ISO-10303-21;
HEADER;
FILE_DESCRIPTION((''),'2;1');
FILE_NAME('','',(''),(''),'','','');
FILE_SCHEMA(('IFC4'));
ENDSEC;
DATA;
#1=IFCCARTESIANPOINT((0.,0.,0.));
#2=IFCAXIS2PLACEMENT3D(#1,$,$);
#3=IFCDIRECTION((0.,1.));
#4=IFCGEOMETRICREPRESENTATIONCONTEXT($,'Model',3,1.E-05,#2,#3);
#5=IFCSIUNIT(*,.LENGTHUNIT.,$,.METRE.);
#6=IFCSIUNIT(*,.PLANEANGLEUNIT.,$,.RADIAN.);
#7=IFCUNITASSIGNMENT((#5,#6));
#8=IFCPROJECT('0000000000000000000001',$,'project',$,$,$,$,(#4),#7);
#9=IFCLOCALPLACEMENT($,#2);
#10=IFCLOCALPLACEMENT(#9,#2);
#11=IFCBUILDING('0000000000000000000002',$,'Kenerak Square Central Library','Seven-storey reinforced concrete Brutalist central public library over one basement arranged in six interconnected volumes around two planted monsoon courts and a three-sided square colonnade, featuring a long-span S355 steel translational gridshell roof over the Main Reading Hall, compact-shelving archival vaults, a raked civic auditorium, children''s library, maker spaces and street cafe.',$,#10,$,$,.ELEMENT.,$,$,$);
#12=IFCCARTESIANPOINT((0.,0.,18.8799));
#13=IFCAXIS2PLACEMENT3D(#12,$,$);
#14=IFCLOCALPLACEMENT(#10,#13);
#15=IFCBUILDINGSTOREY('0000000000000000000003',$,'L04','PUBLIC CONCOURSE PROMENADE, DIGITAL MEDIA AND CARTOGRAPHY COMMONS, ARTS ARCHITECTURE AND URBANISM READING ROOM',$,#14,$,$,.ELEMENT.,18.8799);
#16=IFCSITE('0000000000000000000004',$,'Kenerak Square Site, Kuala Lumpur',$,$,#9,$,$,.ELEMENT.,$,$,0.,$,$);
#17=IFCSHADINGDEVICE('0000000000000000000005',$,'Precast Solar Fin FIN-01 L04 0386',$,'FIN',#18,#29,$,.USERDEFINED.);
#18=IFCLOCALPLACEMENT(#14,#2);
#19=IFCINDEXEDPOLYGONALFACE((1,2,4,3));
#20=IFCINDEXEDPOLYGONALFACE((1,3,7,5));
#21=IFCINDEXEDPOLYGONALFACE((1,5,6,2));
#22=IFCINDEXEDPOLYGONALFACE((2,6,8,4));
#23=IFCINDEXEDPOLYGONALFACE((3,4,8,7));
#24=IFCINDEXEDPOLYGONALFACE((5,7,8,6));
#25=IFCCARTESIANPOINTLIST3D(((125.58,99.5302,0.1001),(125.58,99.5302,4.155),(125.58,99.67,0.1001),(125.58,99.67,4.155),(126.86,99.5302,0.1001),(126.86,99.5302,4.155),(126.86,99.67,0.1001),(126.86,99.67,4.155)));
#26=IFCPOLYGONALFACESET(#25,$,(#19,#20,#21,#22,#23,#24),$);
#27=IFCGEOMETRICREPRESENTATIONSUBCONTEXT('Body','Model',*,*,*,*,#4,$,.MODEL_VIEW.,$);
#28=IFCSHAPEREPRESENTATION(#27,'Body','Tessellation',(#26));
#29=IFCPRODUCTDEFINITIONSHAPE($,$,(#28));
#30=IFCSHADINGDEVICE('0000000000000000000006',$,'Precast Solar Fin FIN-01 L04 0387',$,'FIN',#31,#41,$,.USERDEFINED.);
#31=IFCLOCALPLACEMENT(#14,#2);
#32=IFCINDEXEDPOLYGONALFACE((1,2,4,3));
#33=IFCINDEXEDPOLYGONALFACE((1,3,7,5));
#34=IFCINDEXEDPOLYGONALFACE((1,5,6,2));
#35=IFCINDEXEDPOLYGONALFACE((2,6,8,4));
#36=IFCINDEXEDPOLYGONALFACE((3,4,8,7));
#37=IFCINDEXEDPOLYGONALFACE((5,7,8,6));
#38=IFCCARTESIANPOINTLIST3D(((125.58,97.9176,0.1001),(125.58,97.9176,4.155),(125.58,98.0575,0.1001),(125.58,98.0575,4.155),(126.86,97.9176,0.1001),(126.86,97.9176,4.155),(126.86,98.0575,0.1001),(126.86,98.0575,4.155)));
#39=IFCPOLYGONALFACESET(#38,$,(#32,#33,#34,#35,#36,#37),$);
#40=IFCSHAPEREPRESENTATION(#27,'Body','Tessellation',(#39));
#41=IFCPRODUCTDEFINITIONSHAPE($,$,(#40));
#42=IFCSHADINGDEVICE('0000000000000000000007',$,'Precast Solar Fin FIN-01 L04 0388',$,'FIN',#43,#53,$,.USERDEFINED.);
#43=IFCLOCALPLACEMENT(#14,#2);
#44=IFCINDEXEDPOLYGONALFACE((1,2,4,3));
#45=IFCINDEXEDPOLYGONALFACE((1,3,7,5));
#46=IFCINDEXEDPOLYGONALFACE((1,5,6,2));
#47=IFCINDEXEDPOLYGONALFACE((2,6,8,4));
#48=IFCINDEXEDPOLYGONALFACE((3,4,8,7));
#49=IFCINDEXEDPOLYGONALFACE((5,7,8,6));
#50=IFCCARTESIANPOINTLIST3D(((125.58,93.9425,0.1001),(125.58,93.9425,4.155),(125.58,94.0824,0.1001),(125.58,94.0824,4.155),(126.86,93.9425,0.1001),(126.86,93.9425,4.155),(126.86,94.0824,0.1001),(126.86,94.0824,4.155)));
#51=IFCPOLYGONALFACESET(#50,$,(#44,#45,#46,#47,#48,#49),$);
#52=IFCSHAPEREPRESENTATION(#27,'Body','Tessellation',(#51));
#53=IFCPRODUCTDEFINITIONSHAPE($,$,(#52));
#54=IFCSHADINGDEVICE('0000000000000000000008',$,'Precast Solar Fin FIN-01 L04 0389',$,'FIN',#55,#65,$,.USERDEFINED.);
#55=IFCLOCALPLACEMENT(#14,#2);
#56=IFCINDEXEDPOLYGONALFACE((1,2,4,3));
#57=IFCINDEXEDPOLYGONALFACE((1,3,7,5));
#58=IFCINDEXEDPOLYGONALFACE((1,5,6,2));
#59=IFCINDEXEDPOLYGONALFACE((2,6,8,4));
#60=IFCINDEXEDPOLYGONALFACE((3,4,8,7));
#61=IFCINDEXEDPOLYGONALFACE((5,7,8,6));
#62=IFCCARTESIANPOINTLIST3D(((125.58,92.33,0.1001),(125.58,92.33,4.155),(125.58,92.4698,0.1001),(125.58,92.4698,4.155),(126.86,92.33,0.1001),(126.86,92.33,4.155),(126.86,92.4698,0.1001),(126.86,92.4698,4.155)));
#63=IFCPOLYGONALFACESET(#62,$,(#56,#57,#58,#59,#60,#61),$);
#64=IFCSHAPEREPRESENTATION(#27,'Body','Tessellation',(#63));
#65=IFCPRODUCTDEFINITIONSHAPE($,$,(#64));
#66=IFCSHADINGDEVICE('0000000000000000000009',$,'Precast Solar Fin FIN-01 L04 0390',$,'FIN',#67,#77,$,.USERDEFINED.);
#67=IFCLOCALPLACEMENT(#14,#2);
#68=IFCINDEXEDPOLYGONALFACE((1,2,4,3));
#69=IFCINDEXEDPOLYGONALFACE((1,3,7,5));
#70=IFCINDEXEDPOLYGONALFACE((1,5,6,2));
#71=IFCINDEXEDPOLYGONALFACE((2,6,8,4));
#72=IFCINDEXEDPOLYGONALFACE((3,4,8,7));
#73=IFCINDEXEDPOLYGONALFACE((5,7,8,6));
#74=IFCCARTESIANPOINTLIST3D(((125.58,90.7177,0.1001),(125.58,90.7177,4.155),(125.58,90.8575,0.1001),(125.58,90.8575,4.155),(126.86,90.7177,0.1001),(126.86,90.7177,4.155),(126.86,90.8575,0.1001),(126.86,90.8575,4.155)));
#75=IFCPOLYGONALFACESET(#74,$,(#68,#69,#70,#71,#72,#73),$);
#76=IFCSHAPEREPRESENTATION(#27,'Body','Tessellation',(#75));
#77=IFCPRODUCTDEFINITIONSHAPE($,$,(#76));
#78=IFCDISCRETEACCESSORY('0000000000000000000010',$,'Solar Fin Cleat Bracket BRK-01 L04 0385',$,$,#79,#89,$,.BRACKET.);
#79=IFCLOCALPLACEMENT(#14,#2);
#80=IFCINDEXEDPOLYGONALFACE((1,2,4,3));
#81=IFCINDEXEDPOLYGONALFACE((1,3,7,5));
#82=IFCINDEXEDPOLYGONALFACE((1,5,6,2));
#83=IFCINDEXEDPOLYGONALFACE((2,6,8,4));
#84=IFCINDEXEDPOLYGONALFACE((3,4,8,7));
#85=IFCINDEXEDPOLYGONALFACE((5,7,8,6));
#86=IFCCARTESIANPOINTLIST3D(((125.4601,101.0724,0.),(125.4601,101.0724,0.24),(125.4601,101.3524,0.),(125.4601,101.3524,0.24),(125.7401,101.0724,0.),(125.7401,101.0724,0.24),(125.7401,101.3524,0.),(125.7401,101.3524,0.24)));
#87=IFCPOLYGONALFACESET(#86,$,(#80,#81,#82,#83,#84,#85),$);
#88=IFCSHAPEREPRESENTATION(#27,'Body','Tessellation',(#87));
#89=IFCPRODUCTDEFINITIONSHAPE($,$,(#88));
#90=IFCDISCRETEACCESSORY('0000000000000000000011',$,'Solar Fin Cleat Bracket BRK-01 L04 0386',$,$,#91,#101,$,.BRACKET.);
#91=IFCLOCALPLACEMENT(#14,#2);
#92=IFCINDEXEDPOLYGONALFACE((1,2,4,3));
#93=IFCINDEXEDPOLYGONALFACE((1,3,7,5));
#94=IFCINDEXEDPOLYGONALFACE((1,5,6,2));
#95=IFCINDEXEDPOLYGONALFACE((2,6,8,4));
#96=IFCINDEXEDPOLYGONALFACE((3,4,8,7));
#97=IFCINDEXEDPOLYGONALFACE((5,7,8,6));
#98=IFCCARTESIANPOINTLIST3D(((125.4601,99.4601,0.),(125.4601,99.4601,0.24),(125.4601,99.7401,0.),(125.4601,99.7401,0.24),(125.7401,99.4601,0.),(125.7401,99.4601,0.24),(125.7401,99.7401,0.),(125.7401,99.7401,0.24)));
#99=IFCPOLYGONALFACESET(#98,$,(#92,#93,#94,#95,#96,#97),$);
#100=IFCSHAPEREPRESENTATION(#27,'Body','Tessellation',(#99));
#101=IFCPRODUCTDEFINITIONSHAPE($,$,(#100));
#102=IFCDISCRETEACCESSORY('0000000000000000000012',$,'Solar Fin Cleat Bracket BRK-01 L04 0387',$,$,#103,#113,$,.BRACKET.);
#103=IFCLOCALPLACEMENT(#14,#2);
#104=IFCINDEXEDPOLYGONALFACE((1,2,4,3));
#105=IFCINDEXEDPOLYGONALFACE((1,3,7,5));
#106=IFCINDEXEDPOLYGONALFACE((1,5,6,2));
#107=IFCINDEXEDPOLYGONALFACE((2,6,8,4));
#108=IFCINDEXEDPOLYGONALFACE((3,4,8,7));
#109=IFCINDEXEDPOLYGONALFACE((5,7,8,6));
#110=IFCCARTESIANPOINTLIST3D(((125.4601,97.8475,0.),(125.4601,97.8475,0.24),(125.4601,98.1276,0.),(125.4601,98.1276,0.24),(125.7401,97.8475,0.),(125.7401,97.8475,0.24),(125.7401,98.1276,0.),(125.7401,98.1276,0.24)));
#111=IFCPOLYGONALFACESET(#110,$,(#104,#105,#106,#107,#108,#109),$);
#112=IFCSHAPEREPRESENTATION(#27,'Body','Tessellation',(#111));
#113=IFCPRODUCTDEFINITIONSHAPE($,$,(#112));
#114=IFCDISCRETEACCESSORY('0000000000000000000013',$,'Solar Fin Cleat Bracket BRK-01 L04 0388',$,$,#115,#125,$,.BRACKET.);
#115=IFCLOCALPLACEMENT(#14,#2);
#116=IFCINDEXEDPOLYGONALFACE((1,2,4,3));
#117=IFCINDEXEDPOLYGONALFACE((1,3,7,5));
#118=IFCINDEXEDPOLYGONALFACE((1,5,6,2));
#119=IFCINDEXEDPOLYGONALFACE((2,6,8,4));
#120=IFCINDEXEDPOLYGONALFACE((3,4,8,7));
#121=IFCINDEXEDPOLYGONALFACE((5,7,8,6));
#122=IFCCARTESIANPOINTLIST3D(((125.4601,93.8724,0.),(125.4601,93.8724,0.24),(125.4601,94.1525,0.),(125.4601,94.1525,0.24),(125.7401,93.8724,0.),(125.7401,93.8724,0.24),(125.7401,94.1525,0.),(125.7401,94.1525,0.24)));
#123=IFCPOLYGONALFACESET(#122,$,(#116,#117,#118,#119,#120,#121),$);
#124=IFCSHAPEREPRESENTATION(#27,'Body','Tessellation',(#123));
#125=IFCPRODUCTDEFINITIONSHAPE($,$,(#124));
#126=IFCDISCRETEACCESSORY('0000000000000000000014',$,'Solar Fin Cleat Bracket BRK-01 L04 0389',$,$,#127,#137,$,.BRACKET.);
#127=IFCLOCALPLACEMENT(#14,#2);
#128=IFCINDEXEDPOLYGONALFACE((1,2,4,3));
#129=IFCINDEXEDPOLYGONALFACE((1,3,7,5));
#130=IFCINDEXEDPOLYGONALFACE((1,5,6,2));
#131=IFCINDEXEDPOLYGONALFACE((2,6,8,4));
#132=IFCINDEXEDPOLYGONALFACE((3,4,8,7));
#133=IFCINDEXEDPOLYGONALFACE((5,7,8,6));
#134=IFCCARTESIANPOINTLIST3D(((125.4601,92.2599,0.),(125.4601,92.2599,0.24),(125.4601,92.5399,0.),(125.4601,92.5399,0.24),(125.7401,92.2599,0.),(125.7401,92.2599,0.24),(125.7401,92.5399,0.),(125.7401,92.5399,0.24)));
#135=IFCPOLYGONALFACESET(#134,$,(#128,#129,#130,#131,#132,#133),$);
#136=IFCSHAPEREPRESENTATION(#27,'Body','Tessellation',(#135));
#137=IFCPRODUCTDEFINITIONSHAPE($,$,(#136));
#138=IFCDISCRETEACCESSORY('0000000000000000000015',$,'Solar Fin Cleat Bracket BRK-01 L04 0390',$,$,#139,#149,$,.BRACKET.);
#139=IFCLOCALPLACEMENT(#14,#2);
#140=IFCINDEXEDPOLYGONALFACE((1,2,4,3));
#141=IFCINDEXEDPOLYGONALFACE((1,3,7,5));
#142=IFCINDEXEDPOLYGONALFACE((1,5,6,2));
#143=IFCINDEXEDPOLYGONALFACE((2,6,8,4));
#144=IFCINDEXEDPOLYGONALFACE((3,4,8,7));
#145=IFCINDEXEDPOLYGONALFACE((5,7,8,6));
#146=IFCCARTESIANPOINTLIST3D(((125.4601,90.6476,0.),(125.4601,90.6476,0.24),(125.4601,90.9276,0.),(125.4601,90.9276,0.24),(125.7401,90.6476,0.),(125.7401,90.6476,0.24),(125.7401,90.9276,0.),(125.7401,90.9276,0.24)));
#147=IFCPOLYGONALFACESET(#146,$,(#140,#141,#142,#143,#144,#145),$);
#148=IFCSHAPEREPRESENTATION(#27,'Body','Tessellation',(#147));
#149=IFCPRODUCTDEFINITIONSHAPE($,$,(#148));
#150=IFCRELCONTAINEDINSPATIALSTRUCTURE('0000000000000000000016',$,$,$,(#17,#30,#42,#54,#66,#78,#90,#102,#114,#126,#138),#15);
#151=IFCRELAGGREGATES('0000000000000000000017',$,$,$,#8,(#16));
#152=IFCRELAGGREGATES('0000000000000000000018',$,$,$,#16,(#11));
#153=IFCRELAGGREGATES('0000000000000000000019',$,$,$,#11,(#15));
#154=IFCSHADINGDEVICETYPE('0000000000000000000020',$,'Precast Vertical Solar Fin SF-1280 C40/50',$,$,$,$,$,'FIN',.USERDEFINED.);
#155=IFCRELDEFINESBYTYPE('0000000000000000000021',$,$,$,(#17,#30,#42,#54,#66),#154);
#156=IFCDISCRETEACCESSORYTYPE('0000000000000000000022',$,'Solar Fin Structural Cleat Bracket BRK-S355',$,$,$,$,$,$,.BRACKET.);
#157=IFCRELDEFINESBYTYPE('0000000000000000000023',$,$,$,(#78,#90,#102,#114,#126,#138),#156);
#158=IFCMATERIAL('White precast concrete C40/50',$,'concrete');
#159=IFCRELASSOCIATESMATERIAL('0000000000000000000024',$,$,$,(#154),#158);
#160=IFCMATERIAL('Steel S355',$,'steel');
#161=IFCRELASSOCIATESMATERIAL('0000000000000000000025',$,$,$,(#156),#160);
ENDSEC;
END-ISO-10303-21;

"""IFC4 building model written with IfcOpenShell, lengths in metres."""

from ifc_helpers import new_model, si_unit, direction, frame, origin, origin_2d, place, context, subcontext, project, spatial, rectangle, extrude, material, type_object, element, save


model = new_model("IFC4")

# Units and contexts
model_context = context("Model", 3, precision=1e-05, world=origin(), true_north=direction((0.0, 1.0)))
body_context = subcontext(model_context, "Body", "Model", "MODEL_VIEW")
ifc_project = project(units=[si_unit("LENGTHUNIT", "METRE"), si_unit("PLANEANGLEUNIT", "RADIAN")], contexts=[model_context])

# Site, building, storey
site_placement = place(None, origin())
site = spatial("IfcSite", under=ifc_project, at=site_placement, Name="Kenerak Square Site, Kuala Lumpur", CompositionType="ELEMENT", RefElevation=0.0)
building_placement = place(site_placement, origin())
building = spatial("IfcBuilding", under=site, at=building_placement, Name="Kenerak Square Central Library", Description="Seven-storey reinforced concrete Brutalist central public library over one basement arranged in six interconnected volumes around two planted monsoon courts and a three-sided square colonnade, featuring a long-span S355 steel translational gridshell roof over the Main Reading Hall, compact-shelving archival vaults, a raked civic auditorium, children's library, maker spaces and street cafe.", CompositionType="ELEMENT")
storey_placement = place(building_placement, frame((0.0, 0.0, 18.8799)))
storey = spatial("IfcBuildingStorey", under=building, at=storey_placement, Name="L04", Description="PUBLIC CONCOURSE PROMENADE, DIGITAL MEDIA AND CARTOGRAPHY COMMONS, ARTS ARCHITECTURE AND URBANISM READING ROOM", CompositionType="ELEMENT", Elevation=18.8799)

# Shared definitions
ifc_material_1 = material(Name="Steel S355", Category="steel")

# Shading devices
ifc_material_2 = material(Name="White precast concrete C40/50", Category="concrete")
shading_device_type = type_object("IfcShadingDeviceType", Name="Precast Vertical Solar Fin SF-1280 C40/50", ElementType="FIN", PredefinedType="USERDEFINED", material=ifc_material_2)
for number, where, z_axis, x_axis, name in (
    (1, (126.22, 99.6001, 0.1001), (0.0, 0.0, 1.0), (0.0, -1.0, 0.0), "Precast Solar Fin FIN-01 L04 0386"),
    (2, (126.22, 97.9875, 0.1001), (0.0, 0.0, 1.0), (0.0, -1.0, 0.0), "Precast Solar Fin FIN-01 L04 0387"),
    (3, (126.22, 94.0125, 0.1001), (0.0, 0.0, 1.0), (0.0, -1.0, 0.0), "Precast Solar Fin FIN-01 L04 0388"),
    (4, (126.22, 92.3999, 0.1001), (0.0, 0.0, 1.0), (0.0, -1.0, 0.0), "Precast Solar Fin FIN-01 L04 0389"),
    (5, (126.22, 90.7876, 0.1001), (0.0, 0.0, 1.0), (0.0, -1.0, 0.0), "Precast Solar Fin FIN-01 L04 0390"),
):
    element("IfcShadingDevice", number, at=place(storey_placement, frame(where, z_axis=z_axis, x_axis=x_axis)), inside=storey, type_object=shading_device_type, Name=name, ObjectType="FIN", PredefinedType="USERDEFINED", context=body_context, shape_type="SweptSolid", body=[
        extrude(rectangle(XDim=0.1399, YDim=1.28, at=origin_2d()), origin(), (0.0, 0.0, 1.0), 4.0549),
    ])

# Discrete accessories
discrete_accessory_type = type_object("IfcDiscreteAccessoryType", Name="Solar Fin Structural Cleat Bracket BRK-S355", PredefinedType="BRACKET", material=ifc_material_1)
for number, where, z_axis, x_axis, name in (
    (6, (125.6001, 101.2124, 0.0), (0.0, 0.0, 1.0), (0.0, -1.0, 0.0), "Solar Fin Cleat Bracket BRK-01 L04 0385"),
    (7, (125.6001, 99.6001, 0.0), (0.0, 0.0, 1.0), (0.0, -1.0, 0.0), "Solar Fin Cleat Bracket BRK-01 L04 0386"),
    (8, (125.6001, 97.9875, 0.0), (0.0, 0.0, 1.0), (0.0, -1.0, 0.0), "Solar Fin Cleat Bracket BRK-01 L04 0387"),
    (9, (125.6001, 94.0125, 0.0), (0.0, 0.0, 1.0), (0.0, -1.0, 0.0), "Solar Fin Cleat Bracket BRK-01 L04 0388"),
    (10, (125.6001, 92.3999, 0.0), (0.0, 0.0, 1.0), (0.0, -1.0, 0.0), "Solar Fin Cleat Bracket BRK-01 L04 0389"),
    (11, (125.6001, 90.7876, 0.0), (0.0, 0.0, 1.0), (0.0, -1.0, 0.0), "Solar Fin Cleat Bracket BRK-01 L04 0390"),
):
    element("IfcDiscreteAccessory", number, at=place(storey_placement, frame(where, z_axis=z_axis, x_axis=x_axis)), inside=storey, type_object=discrete_accessory_type, Name=name, PredefinedType="BRACKET", context=body_context, shape_type="SweptSolid", body=[
        extrude(rectangle(XDim=0.28, YDim=0.28, at=origin_2d()), origin(), (0.0, 0.0, 1.0), 0.24),
    ])

save(model, "model.ifc")
